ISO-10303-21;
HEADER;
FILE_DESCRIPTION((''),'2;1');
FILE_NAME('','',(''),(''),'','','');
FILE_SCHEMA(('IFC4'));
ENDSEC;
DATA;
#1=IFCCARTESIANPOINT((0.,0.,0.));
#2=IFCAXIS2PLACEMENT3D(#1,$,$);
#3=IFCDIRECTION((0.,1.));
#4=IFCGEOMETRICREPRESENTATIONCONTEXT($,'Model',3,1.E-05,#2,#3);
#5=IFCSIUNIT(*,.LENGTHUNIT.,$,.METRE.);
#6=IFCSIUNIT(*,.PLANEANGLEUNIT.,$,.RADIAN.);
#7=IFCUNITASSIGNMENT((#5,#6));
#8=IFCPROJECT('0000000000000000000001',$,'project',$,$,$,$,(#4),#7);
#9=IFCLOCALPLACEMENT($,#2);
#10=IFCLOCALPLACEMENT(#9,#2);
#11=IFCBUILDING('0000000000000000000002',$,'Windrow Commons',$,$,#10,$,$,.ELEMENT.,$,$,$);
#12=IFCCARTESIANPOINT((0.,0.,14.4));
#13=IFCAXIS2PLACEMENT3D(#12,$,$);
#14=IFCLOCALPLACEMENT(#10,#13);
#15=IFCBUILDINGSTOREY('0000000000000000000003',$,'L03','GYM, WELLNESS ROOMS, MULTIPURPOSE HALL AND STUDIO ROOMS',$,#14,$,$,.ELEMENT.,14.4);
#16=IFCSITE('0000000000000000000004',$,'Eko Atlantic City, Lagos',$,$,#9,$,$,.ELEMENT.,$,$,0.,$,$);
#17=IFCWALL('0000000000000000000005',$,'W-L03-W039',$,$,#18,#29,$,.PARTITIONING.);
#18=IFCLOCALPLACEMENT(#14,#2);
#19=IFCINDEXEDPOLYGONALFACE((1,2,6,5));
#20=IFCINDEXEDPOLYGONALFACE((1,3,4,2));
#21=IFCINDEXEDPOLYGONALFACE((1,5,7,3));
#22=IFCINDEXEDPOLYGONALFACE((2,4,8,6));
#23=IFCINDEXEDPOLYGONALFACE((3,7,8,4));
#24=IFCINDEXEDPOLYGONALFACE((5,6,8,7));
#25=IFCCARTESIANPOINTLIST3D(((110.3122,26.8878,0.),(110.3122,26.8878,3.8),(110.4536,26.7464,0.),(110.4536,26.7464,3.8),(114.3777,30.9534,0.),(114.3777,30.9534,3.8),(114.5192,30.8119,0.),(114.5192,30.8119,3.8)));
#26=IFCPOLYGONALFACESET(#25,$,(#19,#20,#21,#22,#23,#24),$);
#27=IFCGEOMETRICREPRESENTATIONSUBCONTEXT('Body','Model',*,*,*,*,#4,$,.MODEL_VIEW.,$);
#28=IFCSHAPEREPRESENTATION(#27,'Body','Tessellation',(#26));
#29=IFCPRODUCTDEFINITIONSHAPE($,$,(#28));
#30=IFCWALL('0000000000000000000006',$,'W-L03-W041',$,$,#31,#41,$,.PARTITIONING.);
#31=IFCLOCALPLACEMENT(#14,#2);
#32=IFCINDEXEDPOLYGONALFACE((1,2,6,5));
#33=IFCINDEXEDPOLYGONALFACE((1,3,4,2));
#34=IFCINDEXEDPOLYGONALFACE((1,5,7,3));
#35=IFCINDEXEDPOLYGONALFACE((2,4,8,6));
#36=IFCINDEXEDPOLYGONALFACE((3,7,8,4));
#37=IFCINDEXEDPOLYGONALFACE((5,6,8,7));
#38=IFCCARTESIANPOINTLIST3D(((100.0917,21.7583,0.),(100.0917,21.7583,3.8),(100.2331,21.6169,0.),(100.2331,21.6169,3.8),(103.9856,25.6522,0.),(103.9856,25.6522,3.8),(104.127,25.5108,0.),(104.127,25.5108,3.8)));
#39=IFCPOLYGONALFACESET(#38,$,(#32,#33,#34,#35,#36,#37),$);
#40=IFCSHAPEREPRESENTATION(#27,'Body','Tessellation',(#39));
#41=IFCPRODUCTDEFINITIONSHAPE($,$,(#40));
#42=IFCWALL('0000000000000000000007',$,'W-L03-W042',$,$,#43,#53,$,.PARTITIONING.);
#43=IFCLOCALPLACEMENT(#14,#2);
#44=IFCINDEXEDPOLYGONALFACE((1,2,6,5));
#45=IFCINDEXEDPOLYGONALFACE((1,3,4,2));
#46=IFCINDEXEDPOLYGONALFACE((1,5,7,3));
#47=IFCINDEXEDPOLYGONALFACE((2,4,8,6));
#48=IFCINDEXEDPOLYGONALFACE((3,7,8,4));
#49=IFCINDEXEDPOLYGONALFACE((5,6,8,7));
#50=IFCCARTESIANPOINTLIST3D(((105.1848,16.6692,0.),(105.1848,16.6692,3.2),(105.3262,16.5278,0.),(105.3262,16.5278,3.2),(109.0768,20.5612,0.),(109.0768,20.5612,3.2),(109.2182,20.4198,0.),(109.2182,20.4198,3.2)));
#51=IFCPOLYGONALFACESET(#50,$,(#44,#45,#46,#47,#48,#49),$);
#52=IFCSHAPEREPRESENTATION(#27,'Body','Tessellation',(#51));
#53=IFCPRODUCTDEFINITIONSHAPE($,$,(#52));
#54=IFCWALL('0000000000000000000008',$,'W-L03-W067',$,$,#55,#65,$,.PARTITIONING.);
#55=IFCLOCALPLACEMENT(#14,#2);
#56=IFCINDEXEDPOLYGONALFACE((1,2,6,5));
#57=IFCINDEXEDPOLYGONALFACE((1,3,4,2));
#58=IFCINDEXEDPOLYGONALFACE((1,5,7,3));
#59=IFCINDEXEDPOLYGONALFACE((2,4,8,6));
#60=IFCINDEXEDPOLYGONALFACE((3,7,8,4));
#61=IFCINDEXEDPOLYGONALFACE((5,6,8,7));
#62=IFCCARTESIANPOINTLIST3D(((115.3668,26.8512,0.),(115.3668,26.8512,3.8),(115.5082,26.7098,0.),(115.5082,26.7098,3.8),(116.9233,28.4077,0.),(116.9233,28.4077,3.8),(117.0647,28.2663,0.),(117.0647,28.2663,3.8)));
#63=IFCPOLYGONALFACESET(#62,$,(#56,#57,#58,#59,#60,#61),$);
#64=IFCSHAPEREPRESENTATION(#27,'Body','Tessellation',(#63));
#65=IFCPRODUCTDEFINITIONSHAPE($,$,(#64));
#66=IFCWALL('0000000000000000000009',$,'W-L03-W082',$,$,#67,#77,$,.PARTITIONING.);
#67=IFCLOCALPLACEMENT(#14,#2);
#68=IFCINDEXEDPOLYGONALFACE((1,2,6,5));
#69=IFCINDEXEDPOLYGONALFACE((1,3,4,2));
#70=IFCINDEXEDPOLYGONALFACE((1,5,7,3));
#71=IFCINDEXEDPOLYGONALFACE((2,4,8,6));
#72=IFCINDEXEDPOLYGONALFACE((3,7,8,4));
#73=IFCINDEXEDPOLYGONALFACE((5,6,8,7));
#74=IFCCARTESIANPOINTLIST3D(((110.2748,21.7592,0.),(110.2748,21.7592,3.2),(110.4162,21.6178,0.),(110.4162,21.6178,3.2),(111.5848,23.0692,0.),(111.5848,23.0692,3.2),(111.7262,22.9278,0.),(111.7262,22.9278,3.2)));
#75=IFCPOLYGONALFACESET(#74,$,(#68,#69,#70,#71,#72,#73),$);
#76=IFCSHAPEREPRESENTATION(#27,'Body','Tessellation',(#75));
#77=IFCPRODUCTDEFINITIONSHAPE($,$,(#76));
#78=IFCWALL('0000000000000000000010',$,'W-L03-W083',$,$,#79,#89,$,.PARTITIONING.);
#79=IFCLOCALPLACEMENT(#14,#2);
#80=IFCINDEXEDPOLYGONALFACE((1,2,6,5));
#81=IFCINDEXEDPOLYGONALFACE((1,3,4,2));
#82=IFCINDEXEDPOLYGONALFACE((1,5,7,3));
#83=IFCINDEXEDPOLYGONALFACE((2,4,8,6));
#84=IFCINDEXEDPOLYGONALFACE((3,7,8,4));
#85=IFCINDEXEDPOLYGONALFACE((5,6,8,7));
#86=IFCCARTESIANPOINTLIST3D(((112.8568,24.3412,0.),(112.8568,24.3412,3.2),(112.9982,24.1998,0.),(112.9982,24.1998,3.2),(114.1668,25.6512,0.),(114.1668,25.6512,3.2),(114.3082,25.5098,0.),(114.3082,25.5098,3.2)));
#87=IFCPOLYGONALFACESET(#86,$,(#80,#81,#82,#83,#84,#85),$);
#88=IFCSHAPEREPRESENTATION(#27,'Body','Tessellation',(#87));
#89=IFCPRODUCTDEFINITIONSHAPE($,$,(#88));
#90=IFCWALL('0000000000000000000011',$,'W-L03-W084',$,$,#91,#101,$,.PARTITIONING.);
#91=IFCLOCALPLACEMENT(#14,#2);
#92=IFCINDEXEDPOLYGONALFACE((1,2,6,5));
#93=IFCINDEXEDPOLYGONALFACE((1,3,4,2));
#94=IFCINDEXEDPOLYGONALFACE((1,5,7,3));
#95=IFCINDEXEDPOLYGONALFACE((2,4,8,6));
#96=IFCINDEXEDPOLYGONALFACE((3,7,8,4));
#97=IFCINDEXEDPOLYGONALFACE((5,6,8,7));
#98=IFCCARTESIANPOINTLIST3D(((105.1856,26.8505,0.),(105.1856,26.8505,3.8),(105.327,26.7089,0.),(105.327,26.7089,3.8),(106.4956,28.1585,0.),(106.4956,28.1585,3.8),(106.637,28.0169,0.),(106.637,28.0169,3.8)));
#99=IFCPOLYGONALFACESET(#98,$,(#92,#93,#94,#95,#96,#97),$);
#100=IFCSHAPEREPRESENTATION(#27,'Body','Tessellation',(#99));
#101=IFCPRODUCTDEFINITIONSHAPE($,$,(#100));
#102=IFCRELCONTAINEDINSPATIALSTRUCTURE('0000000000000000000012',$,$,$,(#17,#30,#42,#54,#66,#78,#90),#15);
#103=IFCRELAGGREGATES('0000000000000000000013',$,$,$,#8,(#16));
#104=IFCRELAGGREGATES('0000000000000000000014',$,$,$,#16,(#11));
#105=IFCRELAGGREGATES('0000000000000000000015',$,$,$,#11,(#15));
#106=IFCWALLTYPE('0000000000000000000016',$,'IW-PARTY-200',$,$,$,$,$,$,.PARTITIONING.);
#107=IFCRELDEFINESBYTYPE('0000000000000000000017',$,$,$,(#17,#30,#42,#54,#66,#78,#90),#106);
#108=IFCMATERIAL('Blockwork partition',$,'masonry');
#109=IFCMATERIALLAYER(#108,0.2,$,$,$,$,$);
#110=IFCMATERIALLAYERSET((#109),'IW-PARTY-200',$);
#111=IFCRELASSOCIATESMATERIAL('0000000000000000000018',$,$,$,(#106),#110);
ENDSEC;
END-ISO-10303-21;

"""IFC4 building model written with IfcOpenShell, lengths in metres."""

from ifc_helpers import new_model, si_unit, direction, frame, frame_2d, origin, place, context, subcontext, project, spatial, rectangle, extrude, material, layer, layer_set, type_object, element, save


model = new_model("IFC4")

# Units and contexts
model_context = context("Model", 3, precision=1e-05, world=origin(), true_north=direction((0.0, 1.0)))
body_context = subcontext(model_context, "Body", "Model", "MODEL_VIEW")
ifc_project = project(units=[si_unit("LENGTHUNIT", "METRE"), si_unit("PLANEANGLEUNIT", "RADIAN")], contexts=[model_context])

# Site, building, storey
site_placement = place(None, origin())
site = spatial("IfcSite", under=ifc_project, at=site_placement, Name="Eko Atlantic City, Lagos", CompositionType="ELEMENT", RefElevation=0.0)
building_placement = place(site_placement, origin())
building = spatial("IfcBuilding", under=site, at=building_placement, Name="Windrow Commons", CompositionType="ELEMENT")
storey_placement = place(building_placement, frame((0.0, 0.0, 14.4)))
storey = spatial("IfcBuildingStorey", under=building, at=storey_placement, Name="L03", Description="GYM, WELLNESS ROOMS, MULTIPURPOSE HALL AND STUDIO ROOMS", CompositionType="ELEMENT", Elevation=14.4)

# Walls
ifc_material_1 = material(Name="Blockwork partition", Category="masonry")
ifc_layer_1 = layer(ifc_material_1, 0.2)
ifc_layer_set_1 = layer_set([ifc_layer_1], Name="IW-PARTY-200")
wall_type_1 = type_object("IfcWallType", Name="IW-PARTY-200", PredefinedType="PARTITIONING", material=ifc_layer_set_1)
wall_1_placement = place(storey_placement, frame((110.3829, 26.8171, 0.0), z_axis=(0.0, 0.0, 1.0), x_axis=(0.707107, 0.707107, 0.0)))
element("IfcWall", 1, at=wall_1_placement, inside=storey, type_object=wall_type_1, Name="W-L03-W039", PredefinedType="PARTITIONING", context=body_context, shape_type="SweptSolid", body=[
    extrude(rectangle(XDim=5.7495, YDim=0.2, at=frame_2d((2.8748, 0.0))), origin(), (0.0, 0.0, 1.0), 3.8),
])
wall_2_placement = place(storey_placement, frame((100.1624, 21.6876, 0.0), z_axis=(0.0, 0.0, 1.0), x_axis=(0.707107, 0.707107, 0.0)))
element("IfcWall", 2, at=wall_2_placement, inside=storey, type_object=wall_type_1, Name="W-L03-W041", PredefinedType="PARTITIONING", context=body_context, shape_type="SweptSolid", body=[
    extrude(rectangle(XDim=5.5069, YDim=0.2, at=frame_2d((2.7534, 0.0))), origin(), (0.0, 0.0, 1.0), 3.8),
])
wall_3_placement = place(storey_placement, frame((105.2555, 16.5985, 0.0), z_axis=(0.0, 0.0, 1.0), x_axis=(0.707107, 0.707107, 0.0)))
element("IfcWall", 3, at=wall_3_placement, inside=storey, type_object=wall_type_1, Name="W-L03-W042", PredefinedType="PARTITIONING", context=body_context, shape_type="SweptSolid", body=[
    extrude(rectangle(XDim=5.5041, YDim=0.2, at=frame_2d((2.7521, 0.0))), origin(), (0.0, 0.0, 1.0), 3.2),
])
wall_4_placement = place(storey_placement, frame((115.4375, 26.7805, 0.0), z_axis=(0.0, 0.0, 1.0), x_axis=(0.707107, 0.707107, 0.0)))
element("IfcWall", 4, at=wall_4_placement, inside=storey, type_object=wall_type_1, Name="W-L03-W067", PredefinedType="PARTITIONING", context=body_context, shape_type="SweptSolid", body=[
    extrude(rectangle(XDim=2.2012, YDim=0.2, at=frame_2d((1.1006, 0.0))), origin(), (0.0, 0.0, 1.0), 3.8),
])
for number, where, z_axis, x_axis, name in (
    (5, (110.3455, 21.6885, 0.0), (0.0, 0.0, 1.0), (0.707107, 0.707107, 0.0), "W-L03-W082"),
    (6, (112.9275, 24.2705, 0.0), (0.0, 0.0, 1.0), (0.707107, 0.707107, 0.0), "W-L03-W083"),
):
    element("IfcWall", number, at=place(storey_placement, frame(where, z_axis=z_axis, x_axis=x_axis)), inside=storey, type_object=wall_type_1, Name=name, PredefinedType="PARTITIONING", context=body_context, shape_type="SweptSolid", body=[
        extrude(rectangle(XDim=1.8526, YDim=0.2, at=frame_2d((0.9263, 0.0))), origin(), (0.0, 0.0, 1.0), 3.2),
    ])
wall_5_placement = place(storey_placement, frame((105.2563, 26.7797, 0.0), z_axis=(0.0, 0.0, 1.0), x_axis=(0.707647, 0.706566, 0.0)))
element("IfcWall", 7, at=wall_5_placement, inside=storey, type_object=wall_type_1, Name="W-L03-W084", PredefinedType="PARTITIONING", context=body_context, shape_type="SweptSolid", body=[
    extrude(rectangle(XDim=1.8512, YDim=0.2, at=frame_2d((0.9256, 0.0))), origin(), (0.0, 0.0, 1.0), 3.8),
])

save(model, "model.ifc")
